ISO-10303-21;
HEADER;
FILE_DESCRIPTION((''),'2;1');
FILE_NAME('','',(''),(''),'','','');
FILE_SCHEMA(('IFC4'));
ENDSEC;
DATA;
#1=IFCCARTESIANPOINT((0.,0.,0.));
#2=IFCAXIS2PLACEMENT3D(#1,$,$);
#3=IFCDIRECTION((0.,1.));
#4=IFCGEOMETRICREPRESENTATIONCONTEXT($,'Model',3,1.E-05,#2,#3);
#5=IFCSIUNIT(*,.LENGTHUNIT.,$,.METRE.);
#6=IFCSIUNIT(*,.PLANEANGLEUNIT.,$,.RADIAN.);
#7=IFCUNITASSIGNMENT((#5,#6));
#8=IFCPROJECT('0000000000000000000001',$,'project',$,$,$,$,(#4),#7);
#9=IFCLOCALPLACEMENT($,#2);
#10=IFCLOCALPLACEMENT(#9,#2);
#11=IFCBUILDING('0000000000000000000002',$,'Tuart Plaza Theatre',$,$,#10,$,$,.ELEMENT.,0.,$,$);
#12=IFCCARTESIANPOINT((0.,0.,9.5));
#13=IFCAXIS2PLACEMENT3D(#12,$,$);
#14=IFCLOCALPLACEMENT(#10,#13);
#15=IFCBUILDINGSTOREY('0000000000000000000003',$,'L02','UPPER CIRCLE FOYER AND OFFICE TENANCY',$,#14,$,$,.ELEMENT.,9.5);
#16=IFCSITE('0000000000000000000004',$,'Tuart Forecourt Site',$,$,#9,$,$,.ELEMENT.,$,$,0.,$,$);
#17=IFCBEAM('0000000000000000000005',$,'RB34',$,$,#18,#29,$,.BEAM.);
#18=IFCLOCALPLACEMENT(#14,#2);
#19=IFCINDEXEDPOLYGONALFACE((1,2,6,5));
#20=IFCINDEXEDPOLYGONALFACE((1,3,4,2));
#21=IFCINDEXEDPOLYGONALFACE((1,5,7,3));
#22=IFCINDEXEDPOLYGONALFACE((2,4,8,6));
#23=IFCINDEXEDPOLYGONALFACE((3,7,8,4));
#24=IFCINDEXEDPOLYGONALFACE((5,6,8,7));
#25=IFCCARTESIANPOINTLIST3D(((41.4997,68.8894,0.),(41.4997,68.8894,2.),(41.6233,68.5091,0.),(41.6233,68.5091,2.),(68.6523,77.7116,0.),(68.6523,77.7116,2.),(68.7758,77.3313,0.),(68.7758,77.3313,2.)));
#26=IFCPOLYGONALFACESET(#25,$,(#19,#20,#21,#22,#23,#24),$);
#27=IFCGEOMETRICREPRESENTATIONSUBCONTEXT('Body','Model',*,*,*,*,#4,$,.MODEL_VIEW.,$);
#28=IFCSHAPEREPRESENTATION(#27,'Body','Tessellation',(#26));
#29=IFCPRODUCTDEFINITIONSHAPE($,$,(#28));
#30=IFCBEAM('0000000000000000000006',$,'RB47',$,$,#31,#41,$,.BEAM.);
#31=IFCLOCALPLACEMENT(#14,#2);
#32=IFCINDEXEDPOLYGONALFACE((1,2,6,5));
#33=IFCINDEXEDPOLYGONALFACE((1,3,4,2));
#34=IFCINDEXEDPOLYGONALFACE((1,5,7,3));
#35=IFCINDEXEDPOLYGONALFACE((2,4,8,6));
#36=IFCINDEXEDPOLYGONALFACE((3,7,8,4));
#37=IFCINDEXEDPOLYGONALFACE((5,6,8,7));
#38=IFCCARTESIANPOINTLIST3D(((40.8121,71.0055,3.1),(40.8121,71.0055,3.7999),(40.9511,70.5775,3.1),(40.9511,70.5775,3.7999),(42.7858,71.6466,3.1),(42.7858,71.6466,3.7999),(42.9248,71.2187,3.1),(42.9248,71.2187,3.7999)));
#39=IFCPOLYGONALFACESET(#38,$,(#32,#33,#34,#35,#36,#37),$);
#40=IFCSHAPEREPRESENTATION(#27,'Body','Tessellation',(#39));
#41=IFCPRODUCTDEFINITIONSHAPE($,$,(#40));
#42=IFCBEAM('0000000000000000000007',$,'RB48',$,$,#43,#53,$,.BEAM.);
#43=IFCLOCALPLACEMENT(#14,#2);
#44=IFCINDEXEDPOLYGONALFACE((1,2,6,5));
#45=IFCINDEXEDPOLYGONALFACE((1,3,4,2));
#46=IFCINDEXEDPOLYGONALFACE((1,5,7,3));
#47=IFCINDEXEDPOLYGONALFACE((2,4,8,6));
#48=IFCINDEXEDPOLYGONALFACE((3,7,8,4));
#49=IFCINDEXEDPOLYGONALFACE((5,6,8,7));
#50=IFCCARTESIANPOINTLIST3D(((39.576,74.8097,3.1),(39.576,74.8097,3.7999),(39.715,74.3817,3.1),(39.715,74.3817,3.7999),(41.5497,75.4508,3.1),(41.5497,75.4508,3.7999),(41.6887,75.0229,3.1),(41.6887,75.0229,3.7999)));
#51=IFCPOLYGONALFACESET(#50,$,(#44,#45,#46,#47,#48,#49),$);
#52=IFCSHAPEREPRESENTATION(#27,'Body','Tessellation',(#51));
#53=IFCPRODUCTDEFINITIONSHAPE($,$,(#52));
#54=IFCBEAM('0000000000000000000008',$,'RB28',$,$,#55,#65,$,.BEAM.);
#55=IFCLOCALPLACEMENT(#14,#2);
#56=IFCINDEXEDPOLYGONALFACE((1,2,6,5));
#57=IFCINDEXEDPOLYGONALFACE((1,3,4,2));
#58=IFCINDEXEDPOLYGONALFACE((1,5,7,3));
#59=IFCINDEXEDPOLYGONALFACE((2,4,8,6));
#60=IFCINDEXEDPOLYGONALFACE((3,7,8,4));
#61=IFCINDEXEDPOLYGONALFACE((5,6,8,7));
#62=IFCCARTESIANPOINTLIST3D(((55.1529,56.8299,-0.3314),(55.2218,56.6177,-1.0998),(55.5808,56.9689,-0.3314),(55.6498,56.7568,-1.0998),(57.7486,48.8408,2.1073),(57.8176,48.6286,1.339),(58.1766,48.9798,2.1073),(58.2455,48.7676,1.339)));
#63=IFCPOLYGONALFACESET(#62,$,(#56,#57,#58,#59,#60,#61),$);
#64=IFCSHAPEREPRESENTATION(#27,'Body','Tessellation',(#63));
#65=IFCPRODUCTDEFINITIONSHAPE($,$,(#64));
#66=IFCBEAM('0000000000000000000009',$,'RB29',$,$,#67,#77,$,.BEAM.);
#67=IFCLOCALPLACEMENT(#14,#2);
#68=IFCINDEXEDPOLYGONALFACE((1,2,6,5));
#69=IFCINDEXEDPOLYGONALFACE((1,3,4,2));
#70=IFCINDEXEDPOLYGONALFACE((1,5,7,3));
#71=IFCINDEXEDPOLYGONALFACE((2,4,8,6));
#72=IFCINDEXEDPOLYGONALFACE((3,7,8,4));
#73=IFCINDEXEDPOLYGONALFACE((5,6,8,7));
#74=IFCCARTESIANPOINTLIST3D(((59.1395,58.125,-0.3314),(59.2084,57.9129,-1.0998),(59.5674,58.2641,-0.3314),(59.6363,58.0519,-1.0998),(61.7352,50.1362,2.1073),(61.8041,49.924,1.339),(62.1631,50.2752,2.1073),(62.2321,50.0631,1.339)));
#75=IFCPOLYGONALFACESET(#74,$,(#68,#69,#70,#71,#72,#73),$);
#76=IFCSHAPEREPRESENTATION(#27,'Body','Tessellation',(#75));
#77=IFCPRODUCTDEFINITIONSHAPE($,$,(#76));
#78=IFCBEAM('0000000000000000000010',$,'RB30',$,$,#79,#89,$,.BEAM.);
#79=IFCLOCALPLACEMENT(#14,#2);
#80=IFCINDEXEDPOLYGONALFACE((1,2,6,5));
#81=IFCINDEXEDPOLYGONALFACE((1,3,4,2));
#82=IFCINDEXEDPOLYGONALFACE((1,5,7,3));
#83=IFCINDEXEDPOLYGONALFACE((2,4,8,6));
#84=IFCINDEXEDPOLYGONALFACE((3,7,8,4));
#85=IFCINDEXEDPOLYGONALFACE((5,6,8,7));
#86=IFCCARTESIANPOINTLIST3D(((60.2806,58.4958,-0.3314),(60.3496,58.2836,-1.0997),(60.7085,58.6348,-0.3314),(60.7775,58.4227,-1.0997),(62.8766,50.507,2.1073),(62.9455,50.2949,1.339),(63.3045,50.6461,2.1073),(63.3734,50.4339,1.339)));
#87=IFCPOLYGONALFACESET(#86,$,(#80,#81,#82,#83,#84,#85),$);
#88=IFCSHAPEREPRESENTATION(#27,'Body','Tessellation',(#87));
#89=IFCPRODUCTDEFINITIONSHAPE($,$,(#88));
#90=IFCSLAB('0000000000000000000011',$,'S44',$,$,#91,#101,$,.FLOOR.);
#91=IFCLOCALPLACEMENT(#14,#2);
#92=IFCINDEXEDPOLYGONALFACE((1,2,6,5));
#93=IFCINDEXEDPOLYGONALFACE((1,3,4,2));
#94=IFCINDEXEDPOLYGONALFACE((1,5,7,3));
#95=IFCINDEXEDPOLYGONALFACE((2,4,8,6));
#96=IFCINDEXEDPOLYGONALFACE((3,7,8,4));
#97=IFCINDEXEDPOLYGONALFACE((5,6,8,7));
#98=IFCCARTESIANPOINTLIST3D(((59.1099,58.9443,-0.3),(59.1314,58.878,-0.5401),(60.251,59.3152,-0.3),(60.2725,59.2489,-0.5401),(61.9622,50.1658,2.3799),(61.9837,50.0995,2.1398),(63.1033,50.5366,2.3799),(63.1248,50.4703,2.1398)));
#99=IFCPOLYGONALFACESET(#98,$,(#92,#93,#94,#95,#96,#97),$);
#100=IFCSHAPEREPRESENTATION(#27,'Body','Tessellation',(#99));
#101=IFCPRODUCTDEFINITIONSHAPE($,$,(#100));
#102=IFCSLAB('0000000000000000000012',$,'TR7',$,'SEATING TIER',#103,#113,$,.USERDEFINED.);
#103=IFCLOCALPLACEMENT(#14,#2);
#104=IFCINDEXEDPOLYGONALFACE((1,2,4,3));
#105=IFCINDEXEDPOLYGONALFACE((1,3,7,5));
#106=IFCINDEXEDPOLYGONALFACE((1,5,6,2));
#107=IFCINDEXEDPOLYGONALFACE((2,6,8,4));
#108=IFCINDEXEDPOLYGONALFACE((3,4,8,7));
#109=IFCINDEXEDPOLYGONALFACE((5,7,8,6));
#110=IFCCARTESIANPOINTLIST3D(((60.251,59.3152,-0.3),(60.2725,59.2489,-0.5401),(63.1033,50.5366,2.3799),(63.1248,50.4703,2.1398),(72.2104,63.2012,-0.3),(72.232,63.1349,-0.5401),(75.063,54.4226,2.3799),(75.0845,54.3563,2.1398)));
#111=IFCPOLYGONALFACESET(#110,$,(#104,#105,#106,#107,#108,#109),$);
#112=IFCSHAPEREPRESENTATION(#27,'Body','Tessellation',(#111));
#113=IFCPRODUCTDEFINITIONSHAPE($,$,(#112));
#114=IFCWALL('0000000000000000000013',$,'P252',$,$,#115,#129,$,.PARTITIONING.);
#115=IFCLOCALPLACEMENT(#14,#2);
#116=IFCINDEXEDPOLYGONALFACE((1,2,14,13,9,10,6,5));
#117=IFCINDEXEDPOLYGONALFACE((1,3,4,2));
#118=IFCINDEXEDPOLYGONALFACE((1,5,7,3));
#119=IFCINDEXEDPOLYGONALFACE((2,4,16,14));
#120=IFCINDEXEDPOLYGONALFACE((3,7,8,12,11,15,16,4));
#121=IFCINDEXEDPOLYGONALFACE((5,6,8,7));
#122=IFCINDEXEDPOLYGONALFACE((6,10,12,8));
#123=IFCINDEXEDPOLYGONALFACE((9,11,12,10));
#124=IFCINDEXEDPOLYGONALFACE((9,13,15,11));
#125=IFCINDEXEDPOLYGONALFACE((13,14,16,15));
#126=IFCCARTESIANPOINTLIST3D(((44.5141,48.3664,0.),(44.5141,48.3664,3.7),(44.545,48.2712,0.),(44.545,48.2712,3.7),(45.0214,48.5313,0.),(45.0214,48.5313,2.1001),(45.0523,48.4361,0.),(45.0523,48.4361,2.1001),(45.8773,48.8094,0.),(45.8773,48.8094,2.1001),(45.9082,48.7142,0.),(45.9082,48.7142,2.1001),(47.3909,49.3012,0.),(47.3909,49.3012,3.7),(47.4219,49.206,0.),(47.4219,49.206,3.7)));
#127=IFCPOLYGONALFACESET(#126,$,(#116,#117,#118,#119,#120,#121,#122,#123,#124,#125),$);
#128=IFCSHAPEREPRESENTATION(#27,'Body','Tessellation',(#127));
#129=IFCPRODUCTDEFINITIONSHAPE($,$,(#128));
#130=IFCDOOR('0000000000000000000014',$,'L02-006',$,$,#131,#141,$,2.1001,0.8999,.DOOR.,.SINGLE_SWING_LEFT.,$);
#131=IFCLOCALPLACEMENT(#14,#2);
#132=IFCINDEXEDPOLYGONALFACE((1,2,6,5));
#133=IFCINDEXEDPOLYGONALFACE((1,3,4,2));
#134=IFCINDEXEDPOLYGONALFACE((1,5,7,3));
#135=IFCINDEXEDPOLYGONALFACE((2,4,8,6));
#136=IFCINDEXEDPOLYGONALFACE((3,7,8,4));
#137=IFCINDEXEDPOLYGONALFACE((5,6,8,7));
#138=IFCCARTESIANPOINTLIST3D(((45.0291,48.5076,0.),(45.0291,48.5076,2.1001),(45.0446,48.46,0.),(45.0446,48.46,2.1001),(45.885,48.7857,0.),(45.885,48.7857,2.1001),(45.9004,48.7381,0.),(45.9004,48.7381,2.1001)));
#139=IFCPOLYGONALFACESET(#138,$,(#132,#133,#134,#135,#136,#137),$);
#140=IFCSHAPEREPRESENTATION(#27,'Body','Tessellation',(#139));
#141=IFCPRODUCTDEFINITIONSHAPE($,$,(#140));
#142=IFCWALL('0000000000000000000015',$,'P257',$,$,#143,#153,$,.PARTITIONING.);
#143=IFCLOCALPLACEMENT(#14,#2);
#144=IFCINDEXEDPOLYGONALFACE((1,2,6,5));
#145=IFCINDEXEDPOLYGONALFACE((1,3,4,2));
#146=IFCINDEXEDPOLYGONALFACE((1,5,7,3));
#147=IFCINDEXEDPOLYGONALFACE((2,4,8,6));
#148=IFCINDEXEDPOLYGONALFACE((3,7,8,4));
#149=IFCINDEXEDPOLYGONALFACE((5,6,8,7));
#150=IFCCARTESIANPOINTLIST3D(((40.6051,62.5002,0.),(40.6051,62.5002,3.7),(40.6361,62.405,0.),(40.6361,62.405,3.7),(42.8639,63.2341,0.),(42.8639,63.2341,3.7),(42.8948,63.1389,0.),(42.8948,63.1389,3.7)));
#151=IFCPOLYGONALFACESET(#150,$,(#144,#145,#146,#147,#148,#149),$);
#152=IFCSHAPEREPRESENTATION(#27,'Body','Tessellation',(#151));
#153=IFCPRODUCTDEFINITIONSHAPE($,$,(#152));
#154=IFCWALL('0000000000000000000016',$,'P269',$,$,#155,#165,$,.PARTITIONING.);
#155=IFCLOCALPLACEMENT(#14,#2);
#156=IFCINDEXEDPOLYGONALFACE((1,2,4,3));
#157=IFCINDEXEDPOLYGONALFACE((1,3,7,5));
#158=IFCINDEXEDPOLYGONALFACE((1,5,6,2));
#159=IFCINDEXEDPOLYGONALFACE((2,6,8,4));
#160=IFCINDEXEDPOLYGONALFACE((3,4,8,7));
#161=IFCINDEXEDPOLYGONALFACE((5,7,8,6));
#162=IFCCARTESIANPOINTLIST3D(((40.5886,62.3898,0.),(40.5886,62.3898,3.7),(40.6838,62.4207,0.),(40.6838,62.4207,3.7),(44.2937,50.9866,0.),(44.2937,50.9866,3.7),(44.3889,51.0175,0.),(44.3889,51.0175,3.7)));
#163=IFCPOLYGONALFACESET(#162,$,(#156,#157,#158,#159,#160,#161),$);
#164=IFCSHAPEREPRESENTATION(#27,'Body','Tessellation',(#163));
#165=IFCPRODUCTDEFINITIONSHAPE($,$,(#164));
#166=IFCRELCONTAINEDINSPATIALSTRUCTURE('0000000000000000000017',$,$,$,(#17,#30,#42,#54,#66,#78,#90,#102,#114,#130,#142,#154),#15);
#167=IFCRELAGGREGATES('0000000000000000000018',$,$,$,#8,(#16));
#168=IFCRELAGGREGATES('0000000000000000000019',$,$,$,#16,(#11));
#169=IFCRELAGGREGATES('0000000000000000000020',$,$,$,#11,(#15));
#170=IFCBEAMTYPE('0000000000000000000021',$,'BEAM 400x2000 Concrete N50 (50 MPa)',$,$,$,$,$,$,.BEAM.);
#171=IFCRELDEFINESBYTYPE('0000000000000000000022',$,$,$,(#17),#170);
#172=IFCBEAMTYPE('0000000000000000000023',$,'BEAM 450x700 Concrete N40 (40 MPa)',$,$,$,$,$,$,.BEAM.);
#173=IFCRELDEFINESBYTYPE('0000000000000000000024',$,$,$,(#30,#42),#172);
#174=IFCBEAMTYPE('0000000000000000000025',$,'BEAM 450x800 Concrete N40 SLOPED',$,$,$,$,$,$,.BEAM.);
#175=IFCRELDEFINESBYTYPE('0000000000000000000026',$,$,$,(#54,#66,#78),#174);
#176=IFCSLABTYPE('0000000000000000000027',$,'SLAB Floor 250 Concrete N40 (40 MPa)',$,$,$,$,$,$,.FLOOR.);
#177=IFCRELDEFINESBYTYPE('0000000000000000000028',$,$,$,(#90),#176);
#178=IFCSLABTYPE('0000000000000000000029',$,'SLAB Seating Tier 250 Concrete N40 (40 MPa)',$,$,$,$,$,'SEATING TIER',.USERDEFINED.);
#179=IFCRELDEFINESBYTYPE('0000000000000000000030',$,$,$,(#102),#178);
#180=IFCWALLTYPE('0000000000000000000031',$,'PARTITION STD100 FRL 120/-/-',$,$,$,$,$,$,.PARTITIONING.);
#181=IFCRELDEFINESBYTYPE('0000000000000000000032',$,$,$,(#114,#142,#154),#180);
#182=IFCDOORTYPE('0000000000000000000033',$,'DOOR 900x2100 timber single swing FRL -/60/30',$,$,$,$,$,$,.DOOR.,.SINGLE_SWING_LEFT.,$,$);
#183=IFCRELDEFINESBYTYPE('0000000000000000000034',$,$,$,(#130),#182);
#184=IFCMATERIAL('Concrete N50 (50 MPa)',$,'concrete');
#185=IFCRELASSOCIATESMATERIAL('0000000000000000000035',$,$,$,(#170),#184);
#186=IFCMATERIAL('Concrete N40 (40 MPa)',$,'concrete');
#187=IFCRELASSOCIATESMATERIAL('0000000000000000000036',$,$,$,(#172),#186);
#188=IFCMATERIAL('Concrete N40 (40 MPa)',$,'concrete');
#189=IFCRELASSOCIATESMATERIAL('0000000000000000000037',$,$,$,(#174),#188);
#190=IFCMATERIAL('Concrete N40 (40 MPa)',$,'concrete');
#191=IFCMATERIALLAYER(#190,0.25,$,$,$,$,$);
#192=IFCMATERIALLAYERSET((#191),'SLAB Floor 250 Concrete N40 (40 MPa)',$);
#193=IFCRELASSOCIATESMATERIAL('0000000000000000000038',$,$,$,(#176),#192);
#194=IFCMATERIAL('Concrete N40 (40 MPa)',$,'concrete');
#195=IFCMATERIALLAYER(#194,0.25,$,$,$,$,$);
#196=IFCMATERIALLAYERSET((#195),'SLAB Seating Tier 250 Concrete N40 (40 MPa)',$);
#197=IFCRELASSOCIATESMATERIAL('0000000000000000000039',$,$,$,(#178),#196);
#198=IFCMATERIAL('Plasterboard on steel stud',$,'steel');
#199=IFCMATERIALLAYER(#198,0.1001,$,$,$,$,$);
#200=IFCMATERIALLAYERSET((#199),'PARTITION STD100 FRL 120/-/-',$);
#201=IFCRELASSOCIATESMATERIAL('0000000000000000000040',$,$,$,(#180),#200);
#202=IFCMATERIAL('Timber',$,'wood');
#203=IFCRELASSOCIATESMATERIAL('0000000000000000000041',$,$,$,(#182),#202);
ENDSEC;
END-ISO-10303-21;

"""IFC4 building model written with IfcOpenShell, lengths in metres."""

from ifc_helpers import new_model, si_unit, direction, frame, frame_2d, origin, origin_2d, place, context, subcontext, project, spatial, polyline, rectangle, outline, extrude, material, layer, layer_set, material_profile, profile_set, type_object, element, fill, save


model = new_model("IFC4")

# Units and contexts
model_context = context("Model", 3, precision=1e-05, world=origin(), true_north=direction((0.0, 1.0)))
body_context = subcontext(model_context, "Body", "Model", "MODEL_VIEW")
ifc_project = project(units=[si_unit("LENGTHUNIT", "METRE"), si_unit("PLANEANGLEUNIT", "RADIAN")], contexts=[model_context])

# Site, building, storey
site_placement = place(None, origin())
site = spatial("IfcSite", under=ifc_project, at=site_placement, Name="Tuart Forecourt Site", CompositionType="ELEMENT", RefElevation=0.0)
building_placement = place(site_placement, origin())
building = spatial("IfcBuilding", under=site, at=building_placement, Name="Tuart Plaza Theatre", CompositionType="ELEMENT", ElevationOfRefHeight=0.0)
storey_placement = place(building_placement, frame((0.0, 0.0, 9.5)))
storey = spatial("IfcBuildingStorey", under=building, at=storey_placement, Name="L02", Description="UPPER CIRCLE FOYER AND OFFICE TENANCY", CompositionType="ELEMENT", Elevation=9.5)

# Beams
ifc_material_1 = material(Name="Concrete N50 (50 MPa)", Category="concrete")
ifc_material_profile_1 = material_profile(ifc_material_1, rectangle(XDim=0.3999, YDim=2.0, at=origin_2d()), Name="BEAM 400x2000 Concrete N50 (50 MPa)")
ifc_profile_set_1 = profile_set([ifc_material_profile_1], Name="Concrete N50 (50 MPa)")
beam_type_1 = type_object("IfcBeamType", Name="BEAM 400x2000 Concrete N50 (50 MPa)", PredefinedType="BEAM", material=ifc_profile_set_1)
beam_1_placement = place(storey_placement, frame((41.5615, 68.6992, 1.0), z_axis=(0.951058, 0.309012, 0.0), x_axis=(-0.309012, 0.951058, 0.0)))
element("IfcBeam", 1, at=beam_1_placement, inside=storey, type_object=beam_type_1, Name="RB34", PredefinedType="BEAM", context=body_context, shape_type="SweptSolid", body=[
    extrude(rectangle(XDim=0.3999, YDim=2.0, at=origin_2d()), origin(), (0.0, 0.0, 1.0), 28.5498),
])
ifc_material_2 = material(Name="Concrete N40 (40 MPa)", Category="concrete")
ifc_material_profile_2 = material_profile(ifc_material_2, rectangle(XDim=0.45, YDim=0.7, at=origin_2d()), Name="BEAM 450x700 Concrete N40 (40 MPa)")
ifc_profile_set_2 = profile_set([ifc_material_profile_2], Name="Concrete N40 (40 MPa)")
beam_type_2 = type_object("IfcBeamType", Name="BEAM 450x700 Concrete N40 (40 MPa)", PredefinedType="BEAM", material=ifc_profile_set_2)
for number, where, z_axis, x_axis, name in (
    (2, (40.8816, 70.7915, 3.45), (0.951079, 0.308948, 0.0), (-0.308948, 0.951079, 0.0), "RB47"),
    (3, (39.6455, 74.5957, 3.45), (0.951079, 0.308948, 0.0), (-0.308948, 0.951079, 0.0), "RB48"),
):
    element("IfcBeam", number, at=place(storey_placement, frame(where, z_axis=z_axis, x_axis=x_axis)), inside=storey, type_object=beam_type_2, Name=name, PredefinedType="BEAM", context=body_context, shape_type="SweptSolid", body=[
        extrude(rectangle(XDim=0.45, YDim=0.7, at=origin_2d()), origin(), (0.0, 0.0, 1.0), 2.0752),
    ])
ifc_material_3 = material(Name="Concrete N40 (40 MPa)", Category="concrete")
ifc_material_profile_3 = material_profile(ifc_material_3, rectangle(XDim=0.45, YDim=0.8, at=origin_2d()), Name="BEAM 450x800 Concrete N40 SLOPED")
ifc_profile_set_3 = profile_set([ifc_material_profile_3], Name="Concrete N40 (40 MPa)")
beam_type_3 = type_object("IfcBeamType", Name="BEAM 450x800 Concrete N40 SLOPED", PredefinedType="BEAM", material=ifc_profile_set_3)
beam_2_placement = place(storey_placement, frame((57.9971, 48.8042, 1.7231), z_axis=(-0.296755, 0.913347, -0.278808), x_axis=(-0.951059, -0.309008, 0.0)))
element("IfcBeam", 4, at=beam_2_placement, inside=storey, type_object=beam_type_3, Name="RB28", PredefinedType="BEAM", context=body_context, shape_type="SweptSolid", body=[
    extrude(rectangle(XDim=0.45, YDim=0.8, at=origin_2d()), origin(), (0.0, 0.0, 1.0), 8.7471),
])
for number, where, z_axis, x_axis, name in (
    (5, (61.9836, 50.0996, 1.7231), (-0.296762, 0.913342, -0.278815), (-0.951057, -0.309016, 0.0), "RB29"),
    (6, (63.125, 50.4705, 1.7231), (-0.296788, 0.913335, -0.278812), (-0.951048, -0.309043, 0.0), "RB30"),
):
    element("IfcBeam", number, at=place(storey_placement, frame(where, z_axis=z_axis, x_axis=x_axis)), inside=storey, type_object=beam_type_3, Name=name, PredefinedType="BEAM", context=body_context, shape_type="SweptSolid", body=[
        extrude(rectangle(XDim=0.45, YDim=0.8, at=origin_2d()), origin(), (0.0, 0.0, 1.0), 8.7468),
    ])

# Slabs
ifc_material_4 = material(Name="Concrete N40 (40 MPa)", Category="concrete")
ifc_layer_1 = layer(ifc_material_4, 0.25)
ifc_layer_set_1 = layer_set([ifc_layer_1], Name="SLAB Floor 250 Concrete N40 (40 MPa)")
slab_type_1 = type_object("IfcSlabType", Name="SLAB Floor 250 Concrete N40 (40 MPa)", PredefinedType="FLOOR", material=ifc_layer_set_1)
slab_1_placement = place(storey_placement, frame((61.9622, 50.1658, 2.3799), z_axis=(-0.086179, 0.265174, 0.960342), x_axis=(0.951037, 0.309077, 0.0)))
element("IfcSlab", 7, at=slab_1_placement, inside=storey, type_object=slab_type_1, Name="S44", PredefinedType="FLOOR", context=body_context, shape_type="SweptSolid", body=[
    extrude(outline(polyline([(0.0, 0.0), (1.1999, 0.0), (1.2005, 9.6115), (0.0006, 9.6115), (0.0, 0.0)])), origin(), (0.0, 0.0, -1.0), 0.25),
])
ifc_material_5 = material(Name="Concrete N40 (40 MPa)", Category="concrete")
ifc_layer_2 = layer(ifc_material_5, 0.25)
ifc_layer_set_2 = layer_set([ifc_layer_2], Name="SLAB Seating Tier 250 Concrete N40 (40 MPa)")
slab_type_2 = type_object("IfcSlabType", Name="SLAB Seating Tier 250 Concrete N40 (40 MPa)", ElementType="SEATING TIER", PredefinedType="USERDEFINED", material=ifc_layer_set_2)
slab_2_placement = place(storey_placement, frame((63.1033, 50.5366, 2.3799), z_axis=(-0.086163, 0.265178, 0.960342), x_axis=(0.951056, 0.30902, 0.000001)))
element("IfcSlab", 8, at=slab_2_placement, inside=storey, type_object=slab_type_2, Name="TR7", ObjectType="SEATING TIER", PredefinedType="USERDEFINED", context=body_context, shape_type="SweptSolid", body=[
    extrude(outline(polyline([(0.0, 0.0), (12.5752, 0.0), (12.575, 9.6116), (0.0001, 9.6115), (0.0, 0.0)])), origin(), (0.0, 0.0, -1.0), 0.25),
])

# Wall, opening, door
ifc_material_6 = material(Name="Plasterboard on steel stud", Category="steel")
ifc_layer_3 = layer(ifc_material_6, 0.1001)
ifc_layer_set_3 = layer_set([ifc_layer_3], Name="PARTITION STD100 FRL 120/-/-")
wall_type_1 = type_object("IfcWallType", Name="PARTITION STD100 FRL 120/-/-", PredefinedType="PARTITIONING", material=ifc_layer_set_3)
wall_1_placement = place(storey_placement, frame((44.5295, 48.3188, 0.0), z_axis=(0.0, 0.0, 1.0), x_axis=(0.951053, 0.309028, 0.0)))
wall_1 = element("IfcWall", 9, at=wall_1_placement, inside=storey, type_object=wall_type_1, Name="P252", PredefinedType="PARTITIONING", context=body_context, shape_type="SweptSolid", body=[
    extrude(rectangle(XDim=3.0249, YDim=0.1001, at=frame_2d((1.5125, 0.0))), origin(), (0.0, 0.0, 1.0), 3.7),
])
opening_1_placement = place(wall_1_placement, frame((0.5334, 0.0, 0.0)))
opening_1 = element("IfcOpeningElement", 10, at=opening_1_placement, cuts=wall_1, PredefinedType="OPENING", context=body_context, shape_type="SweptSolid", body=[
    extrude(rectangle(XDim=0.8999, YDim=2.1001, at=frame_2d((0.45, 1.05))), frame((0.0, 0.0601, 0.0), z_axis=(0.0, -1.0, 0.0), x_axis=(1.0, 0.0, 0.0)), (0.0, 0.0, 1.0), 0.1201),
])
ifc_material_7 = material(Name="Timber", Category="wood")
door_type_1 = type_object("IfcDoorType", Name="DOOR 900x2100 timber single swing FRL -/60/30", OperationType="SINGLE_SWING_LEFT", PredefinedType="DOOR", material=ifc_material_7)
door_1_placement = place(opening_1_placement, frame((0.8999, 0.0, 0.0), z_axis=(0.0, 0.0, 1.0), x_axis=(-1.0, 0.0, 0.0)))
door_1 = element("IfcDoor", 11, at=door_1_placement, inside=storey, type_object=door_type_1, Name="L02-006", OperationType="SINGLE_SWING_LEFT", OverallHeight=2.1001, OverallWidth=0.8999, PredefinedType="DOOR", context=body_context, shape_type="SweptSolid", body=[
    extrude(rectangle(XDim=0.8999, YDim=2.1001, at=frame_2d((0.45, 1.05))), frame((0.0, 0.0249, 0.0), z_axis=(0.0, -1.0, 0.0), x_axis=(1.0, 0.0, 0.0)), (0.0, 0.0, 1.0), 0.05),
])
fill(opening_1, door_1)

# Walls
wall_2_placement = place(storey_placement, frame((40.6206, 62.4526, 0.0), z_axis=(0.0, 0.0, 1.0), x_axis=(0.951061, 0.309002, 0.0)))
element("IfcWall", 12, at=wall_2_placement, inside=storey, type_object=wall_type_1, Name="P257", PredefinedType="PARTITIONING", context=body_context, shape_type="SweptSolid", body=[
    extrude(rectangle(XDim=2.375, YDim=0.1001, at=frame_2d((1.1875, 0.0))), origin(), (0.0, 0.0, 1.0), 3.7),
])
wall_3_placement = place(storey_placement, frame((44.3413, 51.002, 0.0), z_axis=(0.0, 0.0, 1.0), x_axis=(-0.309017, 0.951057, 0.0)))
element("IfcWall", 13, at=wall_3_placement, inside=storey, type_object=wall_type_1, Name="P269", PredefinedType="PARTITIONING", context=body_context, shape_type="SweptSolid", body=[
    extrude(rectangle(XDim=11.99, YDim=0.1001, at=frame_2d((5.9951, 0.0))), origin(), (0.0, 0.0, 1.0), 3.7),
])

save(model, "model.ifc")
